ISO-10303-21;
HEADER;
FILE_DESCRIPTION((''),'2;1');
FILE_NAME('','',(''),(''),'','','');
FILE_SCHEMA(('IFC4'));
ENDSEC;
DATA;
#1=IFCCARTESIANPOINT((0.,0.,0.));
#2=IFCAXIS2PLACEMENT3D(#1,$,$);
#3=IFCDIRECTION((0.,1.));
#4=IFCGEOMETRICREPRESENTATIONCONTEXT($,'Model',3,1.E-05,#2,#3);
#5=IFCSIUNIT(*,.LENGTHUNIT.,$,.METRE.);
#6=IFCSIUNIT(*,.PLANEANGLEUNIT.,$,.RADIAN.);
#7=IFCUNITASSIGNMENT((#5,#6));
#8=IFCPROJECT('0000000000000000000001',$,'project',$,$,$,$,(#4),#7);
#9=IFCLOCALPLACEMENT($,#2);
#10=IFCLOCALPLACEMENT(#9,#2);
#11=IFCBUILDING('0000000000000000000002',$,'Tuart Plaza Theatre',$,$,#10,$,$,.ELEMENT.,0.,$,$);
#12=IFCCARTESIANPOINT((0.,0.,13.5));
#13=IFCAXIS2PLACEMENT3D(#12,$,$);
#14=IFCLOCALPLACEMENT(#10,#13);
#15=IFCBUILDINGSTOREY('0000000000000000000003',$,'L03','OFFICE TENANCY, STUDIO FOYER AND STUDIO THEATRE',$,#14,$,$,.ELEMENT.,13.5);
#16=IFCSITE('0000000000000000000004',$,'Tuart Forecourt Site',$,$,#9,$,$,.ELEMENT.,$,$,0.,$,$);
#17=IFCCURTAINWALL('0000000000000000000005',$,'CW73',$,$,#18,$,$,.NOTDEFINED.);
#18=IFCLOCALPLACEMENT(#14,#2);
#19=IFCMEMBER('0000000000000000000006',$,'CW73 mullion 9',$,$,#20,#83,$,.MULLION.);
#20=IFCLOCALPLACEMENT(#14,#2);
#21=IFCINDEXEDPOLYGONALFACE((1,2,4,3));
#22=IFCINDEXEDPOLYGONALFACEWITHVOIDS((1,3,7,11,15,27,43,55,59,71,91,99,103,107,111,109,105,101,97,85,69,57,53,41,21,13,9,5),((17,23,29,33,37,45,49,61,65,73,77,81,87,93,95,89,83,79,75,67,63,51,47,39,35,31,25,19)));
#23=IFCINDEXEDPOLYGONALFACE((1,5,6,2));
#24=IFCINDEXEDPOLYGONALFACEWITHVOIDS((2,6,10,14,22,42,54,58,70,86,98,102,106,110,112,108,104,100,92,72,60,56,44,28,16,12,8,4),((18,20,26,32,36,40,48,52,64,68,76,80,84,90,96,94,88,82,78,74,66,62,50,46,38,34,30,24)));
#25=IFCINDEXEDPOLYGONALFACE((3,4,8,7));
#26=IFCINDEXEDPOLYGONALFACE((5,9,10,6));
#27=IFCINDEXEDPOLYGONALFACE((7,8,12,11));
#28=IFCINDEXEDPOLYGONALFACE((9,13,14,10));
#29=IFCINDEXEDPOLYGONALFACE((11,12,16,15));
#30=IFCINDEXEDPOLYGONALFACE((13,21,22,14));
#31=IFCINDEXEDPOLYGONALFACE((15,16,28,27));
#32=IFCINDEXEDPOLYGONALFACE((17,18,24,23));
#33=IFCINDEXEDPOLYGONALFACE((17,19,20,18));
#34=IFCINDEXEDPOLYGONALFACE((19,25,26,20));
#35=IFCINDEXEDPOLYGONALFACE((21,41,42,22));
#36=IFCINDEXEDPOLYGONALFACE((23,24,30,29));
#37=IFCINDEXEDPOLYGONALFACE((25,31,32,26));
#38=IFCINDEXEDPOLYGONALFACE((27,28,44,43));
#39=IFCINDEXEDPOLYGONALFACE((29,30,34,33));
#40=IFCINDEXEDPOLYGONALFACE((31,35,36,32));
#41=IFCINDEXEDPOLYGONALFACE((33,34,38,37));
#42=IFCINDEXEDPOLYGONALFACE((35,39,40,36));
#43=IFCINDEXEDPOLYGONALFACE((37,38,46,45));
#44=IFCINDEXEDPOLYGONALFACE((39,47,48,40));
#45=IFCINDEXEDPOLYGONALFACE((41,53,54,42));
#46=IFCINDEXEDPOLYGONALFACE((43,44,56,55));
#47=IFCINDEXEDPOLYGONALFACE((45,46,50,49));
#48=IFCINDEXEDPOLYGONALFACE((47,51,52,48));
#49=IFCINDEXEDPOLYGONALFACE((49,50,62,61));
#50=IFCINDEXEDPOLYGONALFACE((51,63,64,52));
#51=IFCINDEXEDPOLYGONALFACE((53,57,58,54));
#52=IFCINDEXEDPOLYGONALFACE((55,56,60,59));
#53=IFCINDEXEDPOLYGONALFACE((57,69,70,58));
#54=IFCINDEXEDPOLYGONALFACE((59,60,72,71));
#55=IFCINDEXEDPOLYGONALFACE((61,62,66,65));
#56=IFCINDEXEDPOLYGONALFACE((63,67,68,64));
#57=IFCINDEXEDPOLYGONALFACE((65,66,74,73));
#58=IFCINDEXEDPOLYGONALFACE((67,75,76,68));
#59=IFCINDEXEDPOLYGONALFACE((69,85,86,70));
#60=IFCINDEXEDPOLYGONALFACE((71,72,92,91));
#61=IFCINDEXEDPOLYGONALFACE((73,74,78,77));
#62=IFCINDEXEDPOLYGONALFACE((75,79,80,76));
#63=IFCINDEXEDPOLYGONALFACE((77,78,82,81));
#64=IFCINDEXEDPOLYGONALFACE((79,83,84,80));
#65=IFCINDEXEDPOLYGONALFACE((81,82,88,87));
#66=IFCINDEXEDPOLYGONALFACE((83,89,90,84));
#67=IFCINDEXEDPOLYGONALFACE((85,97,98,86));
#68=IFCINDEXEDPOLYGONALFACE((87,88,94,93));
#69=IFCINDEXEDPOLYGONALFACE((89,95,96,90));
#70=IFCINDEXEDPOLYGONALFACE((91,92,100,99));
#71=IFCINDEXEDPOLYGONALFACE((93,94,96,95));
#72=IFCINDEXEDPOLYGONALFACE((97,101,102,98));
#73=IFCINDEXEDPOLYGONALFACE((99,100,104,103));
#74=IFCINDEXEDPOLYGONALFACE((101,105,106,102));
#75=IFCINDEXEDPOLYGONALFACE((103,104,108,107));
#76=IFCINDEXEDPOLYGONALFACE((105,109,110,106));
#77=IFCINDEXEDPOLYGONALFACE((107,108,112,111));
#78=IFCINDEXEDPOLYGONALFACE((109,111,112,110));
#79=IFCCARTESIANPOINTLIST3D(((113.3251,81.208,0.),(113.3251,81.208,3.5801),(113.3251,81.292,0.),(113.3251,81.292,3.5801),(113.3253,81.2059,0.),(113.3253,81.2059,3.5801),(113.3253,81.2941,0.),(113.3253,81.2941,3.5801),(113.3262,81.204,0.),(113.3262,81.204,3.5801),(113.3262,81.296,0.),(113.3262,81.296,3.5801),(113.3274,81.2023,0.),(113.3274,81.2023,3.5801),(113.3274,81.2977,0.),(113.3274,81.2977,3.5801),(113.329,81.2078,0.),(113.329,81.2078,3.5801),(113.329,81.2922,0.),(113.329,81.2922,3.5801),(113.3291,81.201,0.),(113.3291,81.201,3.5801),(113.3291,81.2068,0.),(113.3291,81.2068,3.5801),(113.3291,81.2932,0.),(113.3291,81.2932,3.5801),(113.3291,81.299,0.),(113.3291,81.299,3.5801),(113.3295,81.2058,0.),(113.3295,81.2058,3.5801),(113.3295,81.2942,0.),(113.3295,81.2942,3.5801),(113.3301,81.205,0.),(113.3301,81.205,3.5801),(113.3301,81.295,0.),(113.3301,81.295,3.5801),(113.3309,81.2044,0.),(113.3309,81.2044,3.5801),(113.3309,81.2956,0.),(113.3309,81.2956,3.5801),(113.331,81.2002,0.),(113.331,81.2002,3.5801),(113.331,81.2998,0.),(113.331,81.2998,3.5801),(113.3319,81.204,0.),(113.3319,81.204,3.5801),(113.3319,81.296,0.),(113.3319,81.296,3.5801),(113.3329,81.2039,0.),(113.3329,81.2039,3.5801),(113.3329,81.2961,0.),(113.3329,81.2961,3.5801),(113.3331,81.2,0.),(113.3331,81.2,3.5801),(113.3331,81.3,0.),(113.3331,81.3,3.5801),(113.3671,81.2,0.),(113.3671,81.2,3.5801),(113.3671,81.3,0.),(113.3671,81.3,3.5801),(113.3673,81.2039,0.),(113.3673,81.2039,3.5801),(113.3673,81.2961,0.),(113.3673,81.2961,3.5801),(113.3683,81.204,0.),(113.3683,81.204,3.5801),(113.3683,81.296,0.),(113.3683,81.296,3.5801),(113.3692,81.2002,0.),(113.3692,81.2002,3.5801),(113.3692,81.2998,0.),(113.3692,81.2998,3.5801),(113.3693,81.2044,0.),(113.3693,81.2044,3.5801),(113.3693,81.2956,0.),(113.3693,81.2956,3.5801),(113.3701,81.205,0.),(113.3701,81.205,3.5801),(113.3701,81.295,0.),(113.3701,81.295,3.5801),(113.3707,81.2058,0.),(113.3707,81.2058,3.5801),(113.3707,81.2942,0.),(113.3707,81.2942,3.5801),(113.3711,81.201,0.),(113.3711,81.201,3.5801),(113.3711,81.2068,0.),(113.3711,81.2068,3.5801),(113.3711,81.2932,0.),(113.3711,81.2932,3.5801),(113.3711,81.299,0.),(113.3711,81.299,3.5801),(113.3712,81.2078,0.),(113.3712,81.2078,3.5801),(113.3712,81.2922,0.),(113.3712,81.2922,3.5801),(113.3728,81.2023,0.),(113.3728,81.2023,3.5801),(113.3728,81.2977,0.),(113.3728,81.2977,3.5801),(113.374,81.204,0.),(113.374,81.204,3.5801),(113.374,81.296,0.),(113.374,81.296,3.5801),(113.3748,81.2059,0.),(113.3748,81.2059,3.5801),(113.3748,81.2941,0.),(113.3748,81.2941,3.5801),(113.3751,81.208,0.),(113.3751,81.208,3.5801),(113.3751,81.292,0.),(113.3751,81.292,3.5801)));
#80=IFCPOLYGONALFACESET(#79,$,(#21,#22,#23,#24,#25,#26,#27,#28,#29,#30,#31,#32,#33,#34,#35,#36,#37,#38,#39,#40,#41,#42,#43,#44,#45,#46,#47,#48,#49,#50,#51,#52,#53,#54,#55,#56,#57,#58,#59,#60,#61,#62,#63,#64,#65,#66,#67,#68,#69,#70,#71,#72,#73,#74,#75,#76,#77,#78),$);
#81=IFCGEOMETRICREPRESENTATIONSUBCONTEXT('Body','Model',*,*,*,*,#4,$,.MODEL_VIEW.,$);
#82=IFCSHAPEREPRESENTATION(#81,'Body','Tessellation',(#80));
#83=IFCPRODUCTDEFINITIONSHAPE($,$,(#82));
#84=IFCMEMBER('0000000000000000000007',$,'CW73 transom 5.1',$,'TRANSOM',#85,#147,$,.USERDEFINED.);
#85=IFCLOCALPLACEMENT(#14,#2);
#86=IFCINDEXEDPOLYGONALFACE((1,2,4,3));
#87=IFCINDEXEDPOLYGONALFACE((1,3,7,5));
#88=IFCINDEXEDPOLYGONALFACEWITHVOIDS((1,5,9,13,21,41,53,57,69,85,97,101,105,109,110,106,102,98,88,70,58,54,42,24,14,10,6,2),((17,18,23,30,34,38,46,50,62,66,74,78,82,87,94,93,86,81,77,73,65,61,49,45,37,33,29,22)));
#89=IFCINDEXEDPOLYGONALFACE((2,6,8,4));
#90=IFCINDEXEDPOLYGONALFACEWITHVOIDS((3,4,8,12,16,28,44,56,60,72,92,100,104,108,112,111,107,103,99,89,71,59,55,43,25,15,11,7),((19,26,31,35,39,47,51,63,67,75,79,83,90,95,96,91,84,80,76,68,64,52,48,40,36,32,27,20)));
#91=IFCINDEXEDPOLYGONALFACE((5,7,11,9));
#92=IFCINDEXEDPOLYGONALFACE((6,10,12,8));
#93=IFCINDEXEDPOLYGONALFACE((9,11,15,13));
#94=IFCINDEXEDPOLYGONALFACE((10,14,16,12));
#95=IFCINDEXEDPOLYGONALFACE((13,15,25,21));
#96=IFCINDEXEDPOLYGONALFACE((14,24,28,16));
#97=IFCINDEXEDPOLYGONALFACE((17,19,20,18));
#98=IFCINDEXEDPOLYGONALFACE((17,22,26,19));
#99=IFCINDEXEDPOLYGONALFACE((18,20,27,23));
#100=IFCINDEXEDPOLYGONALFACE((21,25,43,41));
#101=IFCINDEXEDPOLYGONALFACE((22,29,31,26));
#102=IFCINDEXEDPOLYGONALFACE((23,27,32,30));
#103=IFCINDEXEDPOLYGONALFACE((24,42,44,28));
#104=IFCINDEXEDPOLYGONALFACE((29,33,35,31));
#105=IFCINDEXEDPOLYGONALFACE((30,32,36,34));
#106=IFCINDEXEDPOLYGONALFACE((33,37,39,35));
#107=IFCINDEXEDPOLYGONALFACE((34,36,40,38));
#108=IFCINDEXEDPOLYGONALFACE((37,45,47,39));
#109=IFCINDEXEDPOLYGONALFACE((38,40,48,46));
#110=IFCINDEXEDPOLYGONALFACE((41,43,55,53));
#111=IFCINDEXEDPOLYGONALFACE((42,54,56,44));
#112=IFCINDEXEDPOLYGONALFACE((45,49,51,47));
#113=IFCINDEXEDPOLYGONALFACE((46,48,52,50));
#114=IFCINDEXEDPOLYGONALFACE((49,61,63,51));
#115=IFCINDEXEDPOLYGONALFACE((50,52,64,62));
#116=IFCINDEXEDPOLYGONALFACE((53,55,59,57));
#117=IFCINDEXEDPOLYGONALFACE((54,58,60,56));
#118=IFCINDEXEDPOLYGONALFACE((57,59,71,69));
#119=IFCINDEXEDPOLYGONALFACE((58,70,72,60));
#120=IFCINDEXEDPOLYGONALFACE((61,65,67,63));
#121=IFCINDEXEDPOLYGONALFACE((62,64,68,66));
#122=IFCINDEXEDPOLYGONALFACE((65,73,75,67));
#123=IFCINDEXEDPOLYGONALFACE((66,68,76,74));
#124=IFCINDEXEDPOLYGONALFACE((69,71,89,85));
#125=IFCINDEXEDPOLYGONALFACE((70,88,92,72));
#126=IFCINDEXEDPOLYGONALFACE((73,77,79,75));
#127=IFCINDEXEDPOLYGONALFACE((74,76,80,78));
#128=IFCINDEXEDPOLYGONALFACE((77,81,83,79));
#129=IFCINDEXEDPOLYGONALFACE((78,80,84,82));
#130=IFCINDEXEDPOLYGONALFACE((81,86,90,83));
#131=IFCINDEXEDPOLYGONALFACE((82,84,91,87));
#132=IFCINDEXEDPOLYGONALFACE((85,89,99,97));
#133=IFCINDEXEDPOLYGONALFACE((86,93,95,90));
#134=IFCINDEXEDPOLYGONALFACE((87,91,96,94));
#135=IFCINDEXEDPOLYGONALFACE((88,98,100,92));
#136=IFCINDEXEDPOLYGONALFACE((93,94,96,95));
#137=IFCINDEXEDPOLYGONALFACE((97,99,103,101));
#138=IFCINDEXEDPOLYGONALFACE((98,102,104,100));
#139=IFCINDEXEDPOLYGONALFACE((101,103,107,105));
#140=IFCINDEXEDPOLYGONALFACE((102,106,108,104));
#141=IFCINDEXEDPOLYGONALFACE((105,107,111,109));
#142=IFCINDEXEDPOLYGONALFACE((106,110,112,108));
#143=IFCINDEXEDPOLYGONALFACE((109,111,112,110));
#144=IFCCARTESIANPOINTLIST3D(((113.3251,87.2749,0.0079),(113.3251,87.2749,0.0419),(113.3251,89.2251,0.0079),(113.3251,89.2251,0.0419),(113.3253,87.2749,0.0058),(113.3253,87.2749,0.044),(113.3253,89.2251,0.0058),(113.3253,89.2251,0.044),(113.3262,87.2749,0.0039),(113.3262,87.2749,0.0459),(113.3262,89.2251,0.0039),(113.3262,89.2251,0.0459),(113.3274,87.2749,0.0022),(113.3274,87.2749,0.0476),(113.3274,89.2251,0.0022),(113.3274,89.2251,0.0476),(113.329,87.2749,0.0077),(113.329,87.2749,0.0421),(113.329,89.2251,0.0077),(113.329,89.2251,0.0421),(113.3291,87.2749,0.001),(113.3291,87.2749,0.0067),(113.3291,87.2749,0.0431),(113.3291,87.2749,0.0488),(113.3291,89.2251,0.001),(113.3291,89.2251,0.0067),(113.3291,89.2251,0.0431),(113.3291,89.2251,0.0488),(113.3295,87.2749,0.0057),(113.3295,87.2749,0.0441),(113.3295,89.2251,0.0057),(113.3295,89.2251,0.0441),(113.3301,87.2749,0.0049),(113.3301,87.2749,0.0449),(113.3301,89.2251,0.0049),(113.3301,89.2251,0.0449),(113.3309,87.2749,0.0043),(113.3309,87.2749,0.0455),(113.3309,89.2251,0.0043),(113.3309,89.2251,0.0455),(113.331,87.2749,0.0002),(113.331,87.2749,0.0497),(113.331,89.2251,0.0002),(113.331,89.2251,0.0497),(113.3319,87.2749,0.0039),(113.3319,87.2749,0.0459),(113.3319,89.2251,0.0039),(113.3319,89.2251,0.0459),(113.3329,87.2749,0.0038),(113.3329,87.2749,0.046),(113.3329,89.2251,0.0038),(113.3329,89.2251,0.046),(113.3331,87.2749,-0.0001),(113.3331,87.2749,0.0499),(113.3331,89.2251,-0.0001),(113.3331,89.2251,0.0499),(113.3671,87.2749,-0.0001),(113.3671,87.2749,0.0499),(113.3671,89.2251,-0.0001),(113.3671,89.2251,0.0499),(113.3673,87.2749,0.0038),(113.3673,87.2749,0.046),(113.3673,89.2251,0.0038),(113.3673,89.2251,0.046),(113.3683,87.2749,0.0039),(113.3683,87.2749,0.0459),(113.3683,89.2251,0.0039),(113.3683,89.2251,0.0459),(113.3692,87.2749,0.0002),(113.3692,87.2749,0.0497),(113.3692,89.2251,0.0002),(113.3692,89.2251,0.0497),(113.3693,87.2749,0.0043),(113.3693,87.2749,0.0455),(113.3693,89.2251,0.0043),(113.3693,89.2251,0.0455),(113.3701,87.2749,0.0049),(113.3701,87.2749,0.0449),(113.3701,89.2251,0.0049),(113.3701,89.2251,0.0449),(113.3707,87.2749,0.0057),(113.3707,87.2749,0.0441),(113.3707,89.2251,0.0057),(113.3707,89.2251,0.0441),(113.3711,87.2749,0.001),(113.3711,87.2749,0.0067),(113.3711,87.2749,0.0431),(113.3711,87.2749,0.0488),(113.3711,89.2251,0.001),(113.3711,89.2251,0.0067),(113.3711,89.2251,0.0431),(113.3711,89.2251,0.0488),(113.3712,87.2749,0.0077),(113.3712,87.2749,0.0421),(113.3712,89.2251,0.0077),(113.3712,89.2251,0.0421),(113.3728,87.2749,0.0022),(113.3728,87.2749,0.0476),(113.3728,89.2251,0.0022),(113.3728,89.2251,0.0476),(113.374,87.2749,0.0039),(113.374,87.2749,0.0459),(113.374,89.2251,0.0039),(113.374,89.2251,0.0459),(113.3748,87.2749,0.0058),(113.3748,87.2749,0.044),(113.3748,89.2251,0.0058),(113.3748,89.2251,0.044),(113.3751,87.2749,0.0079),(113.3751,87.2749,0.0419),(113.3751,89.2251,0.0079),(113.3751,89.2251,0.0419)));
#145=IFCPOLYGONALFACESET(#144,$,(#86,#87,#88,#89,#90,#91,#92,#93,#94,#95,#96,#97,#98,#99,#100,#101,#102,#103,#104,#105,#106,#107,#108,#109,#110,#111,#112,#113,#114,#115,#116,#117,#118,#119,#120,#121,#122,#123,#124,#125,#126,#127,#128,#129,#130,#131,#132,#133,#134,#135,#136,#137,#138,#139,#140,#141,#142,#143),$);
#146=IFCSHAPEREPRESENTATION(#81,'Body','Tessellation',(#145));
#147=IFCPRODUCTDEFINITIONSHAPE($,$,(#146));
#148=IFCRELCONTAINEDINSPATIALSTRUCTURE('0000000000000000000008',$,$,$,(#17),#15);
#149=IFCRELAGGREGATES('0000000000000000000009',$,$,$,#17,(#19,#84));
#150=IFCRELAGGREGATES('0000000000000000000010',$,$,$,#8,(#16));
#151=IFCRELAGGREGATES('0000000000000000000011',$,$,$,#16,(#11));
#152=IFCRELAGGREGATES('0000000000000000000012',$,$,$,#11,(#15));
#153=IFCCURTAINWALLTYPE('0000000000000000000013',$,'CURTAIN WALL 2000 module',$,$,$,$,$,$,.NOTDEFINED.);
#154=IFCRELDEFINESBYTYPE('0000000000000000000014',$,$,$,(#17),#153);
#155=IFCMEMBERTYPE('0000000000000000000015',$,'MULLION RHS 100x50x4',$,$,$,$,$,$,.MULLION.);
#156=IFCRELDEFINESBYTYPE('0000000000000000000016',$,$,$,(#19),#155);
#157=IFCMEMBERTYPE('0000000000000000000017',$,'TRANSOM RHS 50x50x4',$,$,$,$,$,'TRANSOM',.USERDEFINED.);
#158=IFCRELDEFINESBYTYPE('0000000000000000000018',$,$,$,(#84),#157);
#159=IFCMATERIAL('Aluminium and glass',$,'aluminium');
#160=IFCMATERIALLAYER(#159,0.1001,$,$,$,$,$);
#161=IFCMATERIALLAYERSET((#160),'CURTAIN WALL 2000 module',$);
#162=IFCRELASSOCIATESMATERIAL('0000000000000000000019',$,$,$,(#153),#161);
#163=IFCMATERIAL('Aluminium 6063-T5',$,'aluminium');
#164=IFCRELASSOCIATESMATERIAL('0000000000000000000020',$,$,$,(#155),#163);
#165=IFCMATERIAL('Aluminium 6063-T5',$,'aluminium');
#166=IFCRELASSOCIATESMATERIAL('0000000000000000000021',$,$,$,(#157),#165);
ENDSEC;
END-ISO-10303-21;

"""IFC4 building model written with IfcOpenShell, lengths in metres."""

from ifc_helpers import new_model, si_unit, direction, frame, origin, origin_2d, place, context, subcontext, project, spatial, hollow_rectangle, extrude, material, layer, layer_set, material_profile, profile_set, type_object, element, aggregate, save


model = new_model("IFC4")

# Units and contexts
model_context = context("Model", 3, precision=1e-05, world=origin(), true_north=direction((0.0, 1.0)))
body_context = subcontext(model_context, "Body", "Model", "MODEL_VIEW")
ifc_project = project(units=[si_unit("LENGTHUNIT", "METRE"), si_unit("PLANEANGLEUNIT", "RADIAN")], contexts=[model_context])

# Site, building, storey
site_placement = place(None, origin())
site = spatial("IfcSite", under=ifc_project, at=site_placement, Name="Tuart Forecourt Site", CompositionType="ELEMENT", RefElevation=0.0)
building_placement = place(site_placement, origin())
building = spatial("IfcBuilding", under=site, at=building_placement, Name="Tuart Plaza Theatre", CompositionType="ELEMENT", ElevationOfRefHeight=0.0)
storey_placement = place(building_placement, frame((0.0, 0.0, 13.5)))
storey = spatial("IfcBuildingStorey", under=building, at=storey_placement, Name="L03", Description="OFFICE TENANCY, STUDIO FOYER AND STUDIO THEATRE", CompositionType="ELEMENT", Elevation=13.5)

# Curtain wall, members
ifc_material_1 = material(Name="Aluminium and glass", Category="aluminium")
ifc_layer_1 = layer(ifc_material_1, 0.1001)
ifc_layer_set_1 = layer_set([ifc_layer_1], Name="CURTAIN WALL 2000 module")
curtain_wall_type = type_object("IfcCurtainWallType", Name="CURTAIN WALL 2000 module", PredefinedType="NOTDEFINED", material=ifc_layer_set_1)
curtain_wall_placement = place(storey_placement, origin())
curtain_wall = element("IfcCurtainWall", 1, at=curtain_wall_placement, inside=storey, type_object=curtain_wall_type, Name="CW73", PredefinedType="NOTDEFINED")
ifc_material_2 = material(Name="Aluminium 6063-T5", Category="aluminium")
ifc_material_profile_1 = material_profile(ifc_material_2, hollow_rectangle(XDim=0.05, YDim=0.1001, WallThickness=0.0039, InnerFilletRadius=0.0039, OuterFilletRadius=0.0081, at=origin_2d()), Name="RHS 100x50x4")
ifc_profile_set_1 = profile_set([ifc_material_profile_1], Name="Aluminium 6063-T5")
member_type_1 = type_object("IfcMemberType", Name="MULLION RHS 100x50x4", PredefinedType="MULLION", material=ifc_profile_set_1)
member_1_placement = place(storey_placement, frame((113.3501, 81.25, 0.0), z_axis=(0.0, 0.0, 1.0), x_axis=(1.0, 0.0, 0.0)))
member_1 = element("IfcMember", 2, at=member_1_placement, type_object=member_type_1, Name="CW73 mullion 9", PredefinedType="MULLION", context=body_context, shape_type="SweptSolid", body=[
    extrude(hollow_rectangle(XDim=0.05, YDim=0.1001, WallThickness=0.0039, InnerFilletRadius=0.0039, OuterFilletRadius=0.0081, at=origin_2d()), origin(), (0.0, 0.0, 1.0), 3.5801),
])
ifc_material_3 = material(Name="Aluminium 6063-T5", Category="aluminium")
ifc_material_profile_2 = material_profile(ifc_material_3, hollow_rectangle(XDim=0.05, YDim=0.05, WallThickness=0.0039, InnerFilletRadius=0.0039, OuterFilletRadius=0.0081, at=origin_2d()), Name="RHS 50x50x4")
ifc_profile_set_2 = profile_set([ifc_material_profile_2], Name="Aluminium 6063-T5")
member_type_2 = type_object("IfcMemberType", Name="TRANSOM RHS 50x50x4", ElementType="TRANSOM", PredefinedType="USERDEFINED", material=ifc_profile_set_2)
member_2_placement = place(storey_placement, frame((113.3501, 89.2251, 0.0249), z_axis=(0.0, -1.0, 0.0), x_axis=(1.0, 0.0, 0.0)))
member_2 = element("IfcMember", 3, at=member_2_placement, type_object=member_type_2, Name="CW73 transom 5.1", ObjectType="TRANSOM", PredefinedType="USERDEFINED", context=body_context, shape_type="SweptSolid", body=[
    extrude(hollow_rectangle(XDim=0.05, YDim=0.05, WallThickness=0.0039, InnerFilletRadius=0.0039, OuterFilletRadius=0.0081, at=origin_2d()), origin(), (0.0, 0.0, 1.0), 1.9502),
])
aggregate(curtain_wall, [member_1, member_2])

save(model, "model.ifc")
